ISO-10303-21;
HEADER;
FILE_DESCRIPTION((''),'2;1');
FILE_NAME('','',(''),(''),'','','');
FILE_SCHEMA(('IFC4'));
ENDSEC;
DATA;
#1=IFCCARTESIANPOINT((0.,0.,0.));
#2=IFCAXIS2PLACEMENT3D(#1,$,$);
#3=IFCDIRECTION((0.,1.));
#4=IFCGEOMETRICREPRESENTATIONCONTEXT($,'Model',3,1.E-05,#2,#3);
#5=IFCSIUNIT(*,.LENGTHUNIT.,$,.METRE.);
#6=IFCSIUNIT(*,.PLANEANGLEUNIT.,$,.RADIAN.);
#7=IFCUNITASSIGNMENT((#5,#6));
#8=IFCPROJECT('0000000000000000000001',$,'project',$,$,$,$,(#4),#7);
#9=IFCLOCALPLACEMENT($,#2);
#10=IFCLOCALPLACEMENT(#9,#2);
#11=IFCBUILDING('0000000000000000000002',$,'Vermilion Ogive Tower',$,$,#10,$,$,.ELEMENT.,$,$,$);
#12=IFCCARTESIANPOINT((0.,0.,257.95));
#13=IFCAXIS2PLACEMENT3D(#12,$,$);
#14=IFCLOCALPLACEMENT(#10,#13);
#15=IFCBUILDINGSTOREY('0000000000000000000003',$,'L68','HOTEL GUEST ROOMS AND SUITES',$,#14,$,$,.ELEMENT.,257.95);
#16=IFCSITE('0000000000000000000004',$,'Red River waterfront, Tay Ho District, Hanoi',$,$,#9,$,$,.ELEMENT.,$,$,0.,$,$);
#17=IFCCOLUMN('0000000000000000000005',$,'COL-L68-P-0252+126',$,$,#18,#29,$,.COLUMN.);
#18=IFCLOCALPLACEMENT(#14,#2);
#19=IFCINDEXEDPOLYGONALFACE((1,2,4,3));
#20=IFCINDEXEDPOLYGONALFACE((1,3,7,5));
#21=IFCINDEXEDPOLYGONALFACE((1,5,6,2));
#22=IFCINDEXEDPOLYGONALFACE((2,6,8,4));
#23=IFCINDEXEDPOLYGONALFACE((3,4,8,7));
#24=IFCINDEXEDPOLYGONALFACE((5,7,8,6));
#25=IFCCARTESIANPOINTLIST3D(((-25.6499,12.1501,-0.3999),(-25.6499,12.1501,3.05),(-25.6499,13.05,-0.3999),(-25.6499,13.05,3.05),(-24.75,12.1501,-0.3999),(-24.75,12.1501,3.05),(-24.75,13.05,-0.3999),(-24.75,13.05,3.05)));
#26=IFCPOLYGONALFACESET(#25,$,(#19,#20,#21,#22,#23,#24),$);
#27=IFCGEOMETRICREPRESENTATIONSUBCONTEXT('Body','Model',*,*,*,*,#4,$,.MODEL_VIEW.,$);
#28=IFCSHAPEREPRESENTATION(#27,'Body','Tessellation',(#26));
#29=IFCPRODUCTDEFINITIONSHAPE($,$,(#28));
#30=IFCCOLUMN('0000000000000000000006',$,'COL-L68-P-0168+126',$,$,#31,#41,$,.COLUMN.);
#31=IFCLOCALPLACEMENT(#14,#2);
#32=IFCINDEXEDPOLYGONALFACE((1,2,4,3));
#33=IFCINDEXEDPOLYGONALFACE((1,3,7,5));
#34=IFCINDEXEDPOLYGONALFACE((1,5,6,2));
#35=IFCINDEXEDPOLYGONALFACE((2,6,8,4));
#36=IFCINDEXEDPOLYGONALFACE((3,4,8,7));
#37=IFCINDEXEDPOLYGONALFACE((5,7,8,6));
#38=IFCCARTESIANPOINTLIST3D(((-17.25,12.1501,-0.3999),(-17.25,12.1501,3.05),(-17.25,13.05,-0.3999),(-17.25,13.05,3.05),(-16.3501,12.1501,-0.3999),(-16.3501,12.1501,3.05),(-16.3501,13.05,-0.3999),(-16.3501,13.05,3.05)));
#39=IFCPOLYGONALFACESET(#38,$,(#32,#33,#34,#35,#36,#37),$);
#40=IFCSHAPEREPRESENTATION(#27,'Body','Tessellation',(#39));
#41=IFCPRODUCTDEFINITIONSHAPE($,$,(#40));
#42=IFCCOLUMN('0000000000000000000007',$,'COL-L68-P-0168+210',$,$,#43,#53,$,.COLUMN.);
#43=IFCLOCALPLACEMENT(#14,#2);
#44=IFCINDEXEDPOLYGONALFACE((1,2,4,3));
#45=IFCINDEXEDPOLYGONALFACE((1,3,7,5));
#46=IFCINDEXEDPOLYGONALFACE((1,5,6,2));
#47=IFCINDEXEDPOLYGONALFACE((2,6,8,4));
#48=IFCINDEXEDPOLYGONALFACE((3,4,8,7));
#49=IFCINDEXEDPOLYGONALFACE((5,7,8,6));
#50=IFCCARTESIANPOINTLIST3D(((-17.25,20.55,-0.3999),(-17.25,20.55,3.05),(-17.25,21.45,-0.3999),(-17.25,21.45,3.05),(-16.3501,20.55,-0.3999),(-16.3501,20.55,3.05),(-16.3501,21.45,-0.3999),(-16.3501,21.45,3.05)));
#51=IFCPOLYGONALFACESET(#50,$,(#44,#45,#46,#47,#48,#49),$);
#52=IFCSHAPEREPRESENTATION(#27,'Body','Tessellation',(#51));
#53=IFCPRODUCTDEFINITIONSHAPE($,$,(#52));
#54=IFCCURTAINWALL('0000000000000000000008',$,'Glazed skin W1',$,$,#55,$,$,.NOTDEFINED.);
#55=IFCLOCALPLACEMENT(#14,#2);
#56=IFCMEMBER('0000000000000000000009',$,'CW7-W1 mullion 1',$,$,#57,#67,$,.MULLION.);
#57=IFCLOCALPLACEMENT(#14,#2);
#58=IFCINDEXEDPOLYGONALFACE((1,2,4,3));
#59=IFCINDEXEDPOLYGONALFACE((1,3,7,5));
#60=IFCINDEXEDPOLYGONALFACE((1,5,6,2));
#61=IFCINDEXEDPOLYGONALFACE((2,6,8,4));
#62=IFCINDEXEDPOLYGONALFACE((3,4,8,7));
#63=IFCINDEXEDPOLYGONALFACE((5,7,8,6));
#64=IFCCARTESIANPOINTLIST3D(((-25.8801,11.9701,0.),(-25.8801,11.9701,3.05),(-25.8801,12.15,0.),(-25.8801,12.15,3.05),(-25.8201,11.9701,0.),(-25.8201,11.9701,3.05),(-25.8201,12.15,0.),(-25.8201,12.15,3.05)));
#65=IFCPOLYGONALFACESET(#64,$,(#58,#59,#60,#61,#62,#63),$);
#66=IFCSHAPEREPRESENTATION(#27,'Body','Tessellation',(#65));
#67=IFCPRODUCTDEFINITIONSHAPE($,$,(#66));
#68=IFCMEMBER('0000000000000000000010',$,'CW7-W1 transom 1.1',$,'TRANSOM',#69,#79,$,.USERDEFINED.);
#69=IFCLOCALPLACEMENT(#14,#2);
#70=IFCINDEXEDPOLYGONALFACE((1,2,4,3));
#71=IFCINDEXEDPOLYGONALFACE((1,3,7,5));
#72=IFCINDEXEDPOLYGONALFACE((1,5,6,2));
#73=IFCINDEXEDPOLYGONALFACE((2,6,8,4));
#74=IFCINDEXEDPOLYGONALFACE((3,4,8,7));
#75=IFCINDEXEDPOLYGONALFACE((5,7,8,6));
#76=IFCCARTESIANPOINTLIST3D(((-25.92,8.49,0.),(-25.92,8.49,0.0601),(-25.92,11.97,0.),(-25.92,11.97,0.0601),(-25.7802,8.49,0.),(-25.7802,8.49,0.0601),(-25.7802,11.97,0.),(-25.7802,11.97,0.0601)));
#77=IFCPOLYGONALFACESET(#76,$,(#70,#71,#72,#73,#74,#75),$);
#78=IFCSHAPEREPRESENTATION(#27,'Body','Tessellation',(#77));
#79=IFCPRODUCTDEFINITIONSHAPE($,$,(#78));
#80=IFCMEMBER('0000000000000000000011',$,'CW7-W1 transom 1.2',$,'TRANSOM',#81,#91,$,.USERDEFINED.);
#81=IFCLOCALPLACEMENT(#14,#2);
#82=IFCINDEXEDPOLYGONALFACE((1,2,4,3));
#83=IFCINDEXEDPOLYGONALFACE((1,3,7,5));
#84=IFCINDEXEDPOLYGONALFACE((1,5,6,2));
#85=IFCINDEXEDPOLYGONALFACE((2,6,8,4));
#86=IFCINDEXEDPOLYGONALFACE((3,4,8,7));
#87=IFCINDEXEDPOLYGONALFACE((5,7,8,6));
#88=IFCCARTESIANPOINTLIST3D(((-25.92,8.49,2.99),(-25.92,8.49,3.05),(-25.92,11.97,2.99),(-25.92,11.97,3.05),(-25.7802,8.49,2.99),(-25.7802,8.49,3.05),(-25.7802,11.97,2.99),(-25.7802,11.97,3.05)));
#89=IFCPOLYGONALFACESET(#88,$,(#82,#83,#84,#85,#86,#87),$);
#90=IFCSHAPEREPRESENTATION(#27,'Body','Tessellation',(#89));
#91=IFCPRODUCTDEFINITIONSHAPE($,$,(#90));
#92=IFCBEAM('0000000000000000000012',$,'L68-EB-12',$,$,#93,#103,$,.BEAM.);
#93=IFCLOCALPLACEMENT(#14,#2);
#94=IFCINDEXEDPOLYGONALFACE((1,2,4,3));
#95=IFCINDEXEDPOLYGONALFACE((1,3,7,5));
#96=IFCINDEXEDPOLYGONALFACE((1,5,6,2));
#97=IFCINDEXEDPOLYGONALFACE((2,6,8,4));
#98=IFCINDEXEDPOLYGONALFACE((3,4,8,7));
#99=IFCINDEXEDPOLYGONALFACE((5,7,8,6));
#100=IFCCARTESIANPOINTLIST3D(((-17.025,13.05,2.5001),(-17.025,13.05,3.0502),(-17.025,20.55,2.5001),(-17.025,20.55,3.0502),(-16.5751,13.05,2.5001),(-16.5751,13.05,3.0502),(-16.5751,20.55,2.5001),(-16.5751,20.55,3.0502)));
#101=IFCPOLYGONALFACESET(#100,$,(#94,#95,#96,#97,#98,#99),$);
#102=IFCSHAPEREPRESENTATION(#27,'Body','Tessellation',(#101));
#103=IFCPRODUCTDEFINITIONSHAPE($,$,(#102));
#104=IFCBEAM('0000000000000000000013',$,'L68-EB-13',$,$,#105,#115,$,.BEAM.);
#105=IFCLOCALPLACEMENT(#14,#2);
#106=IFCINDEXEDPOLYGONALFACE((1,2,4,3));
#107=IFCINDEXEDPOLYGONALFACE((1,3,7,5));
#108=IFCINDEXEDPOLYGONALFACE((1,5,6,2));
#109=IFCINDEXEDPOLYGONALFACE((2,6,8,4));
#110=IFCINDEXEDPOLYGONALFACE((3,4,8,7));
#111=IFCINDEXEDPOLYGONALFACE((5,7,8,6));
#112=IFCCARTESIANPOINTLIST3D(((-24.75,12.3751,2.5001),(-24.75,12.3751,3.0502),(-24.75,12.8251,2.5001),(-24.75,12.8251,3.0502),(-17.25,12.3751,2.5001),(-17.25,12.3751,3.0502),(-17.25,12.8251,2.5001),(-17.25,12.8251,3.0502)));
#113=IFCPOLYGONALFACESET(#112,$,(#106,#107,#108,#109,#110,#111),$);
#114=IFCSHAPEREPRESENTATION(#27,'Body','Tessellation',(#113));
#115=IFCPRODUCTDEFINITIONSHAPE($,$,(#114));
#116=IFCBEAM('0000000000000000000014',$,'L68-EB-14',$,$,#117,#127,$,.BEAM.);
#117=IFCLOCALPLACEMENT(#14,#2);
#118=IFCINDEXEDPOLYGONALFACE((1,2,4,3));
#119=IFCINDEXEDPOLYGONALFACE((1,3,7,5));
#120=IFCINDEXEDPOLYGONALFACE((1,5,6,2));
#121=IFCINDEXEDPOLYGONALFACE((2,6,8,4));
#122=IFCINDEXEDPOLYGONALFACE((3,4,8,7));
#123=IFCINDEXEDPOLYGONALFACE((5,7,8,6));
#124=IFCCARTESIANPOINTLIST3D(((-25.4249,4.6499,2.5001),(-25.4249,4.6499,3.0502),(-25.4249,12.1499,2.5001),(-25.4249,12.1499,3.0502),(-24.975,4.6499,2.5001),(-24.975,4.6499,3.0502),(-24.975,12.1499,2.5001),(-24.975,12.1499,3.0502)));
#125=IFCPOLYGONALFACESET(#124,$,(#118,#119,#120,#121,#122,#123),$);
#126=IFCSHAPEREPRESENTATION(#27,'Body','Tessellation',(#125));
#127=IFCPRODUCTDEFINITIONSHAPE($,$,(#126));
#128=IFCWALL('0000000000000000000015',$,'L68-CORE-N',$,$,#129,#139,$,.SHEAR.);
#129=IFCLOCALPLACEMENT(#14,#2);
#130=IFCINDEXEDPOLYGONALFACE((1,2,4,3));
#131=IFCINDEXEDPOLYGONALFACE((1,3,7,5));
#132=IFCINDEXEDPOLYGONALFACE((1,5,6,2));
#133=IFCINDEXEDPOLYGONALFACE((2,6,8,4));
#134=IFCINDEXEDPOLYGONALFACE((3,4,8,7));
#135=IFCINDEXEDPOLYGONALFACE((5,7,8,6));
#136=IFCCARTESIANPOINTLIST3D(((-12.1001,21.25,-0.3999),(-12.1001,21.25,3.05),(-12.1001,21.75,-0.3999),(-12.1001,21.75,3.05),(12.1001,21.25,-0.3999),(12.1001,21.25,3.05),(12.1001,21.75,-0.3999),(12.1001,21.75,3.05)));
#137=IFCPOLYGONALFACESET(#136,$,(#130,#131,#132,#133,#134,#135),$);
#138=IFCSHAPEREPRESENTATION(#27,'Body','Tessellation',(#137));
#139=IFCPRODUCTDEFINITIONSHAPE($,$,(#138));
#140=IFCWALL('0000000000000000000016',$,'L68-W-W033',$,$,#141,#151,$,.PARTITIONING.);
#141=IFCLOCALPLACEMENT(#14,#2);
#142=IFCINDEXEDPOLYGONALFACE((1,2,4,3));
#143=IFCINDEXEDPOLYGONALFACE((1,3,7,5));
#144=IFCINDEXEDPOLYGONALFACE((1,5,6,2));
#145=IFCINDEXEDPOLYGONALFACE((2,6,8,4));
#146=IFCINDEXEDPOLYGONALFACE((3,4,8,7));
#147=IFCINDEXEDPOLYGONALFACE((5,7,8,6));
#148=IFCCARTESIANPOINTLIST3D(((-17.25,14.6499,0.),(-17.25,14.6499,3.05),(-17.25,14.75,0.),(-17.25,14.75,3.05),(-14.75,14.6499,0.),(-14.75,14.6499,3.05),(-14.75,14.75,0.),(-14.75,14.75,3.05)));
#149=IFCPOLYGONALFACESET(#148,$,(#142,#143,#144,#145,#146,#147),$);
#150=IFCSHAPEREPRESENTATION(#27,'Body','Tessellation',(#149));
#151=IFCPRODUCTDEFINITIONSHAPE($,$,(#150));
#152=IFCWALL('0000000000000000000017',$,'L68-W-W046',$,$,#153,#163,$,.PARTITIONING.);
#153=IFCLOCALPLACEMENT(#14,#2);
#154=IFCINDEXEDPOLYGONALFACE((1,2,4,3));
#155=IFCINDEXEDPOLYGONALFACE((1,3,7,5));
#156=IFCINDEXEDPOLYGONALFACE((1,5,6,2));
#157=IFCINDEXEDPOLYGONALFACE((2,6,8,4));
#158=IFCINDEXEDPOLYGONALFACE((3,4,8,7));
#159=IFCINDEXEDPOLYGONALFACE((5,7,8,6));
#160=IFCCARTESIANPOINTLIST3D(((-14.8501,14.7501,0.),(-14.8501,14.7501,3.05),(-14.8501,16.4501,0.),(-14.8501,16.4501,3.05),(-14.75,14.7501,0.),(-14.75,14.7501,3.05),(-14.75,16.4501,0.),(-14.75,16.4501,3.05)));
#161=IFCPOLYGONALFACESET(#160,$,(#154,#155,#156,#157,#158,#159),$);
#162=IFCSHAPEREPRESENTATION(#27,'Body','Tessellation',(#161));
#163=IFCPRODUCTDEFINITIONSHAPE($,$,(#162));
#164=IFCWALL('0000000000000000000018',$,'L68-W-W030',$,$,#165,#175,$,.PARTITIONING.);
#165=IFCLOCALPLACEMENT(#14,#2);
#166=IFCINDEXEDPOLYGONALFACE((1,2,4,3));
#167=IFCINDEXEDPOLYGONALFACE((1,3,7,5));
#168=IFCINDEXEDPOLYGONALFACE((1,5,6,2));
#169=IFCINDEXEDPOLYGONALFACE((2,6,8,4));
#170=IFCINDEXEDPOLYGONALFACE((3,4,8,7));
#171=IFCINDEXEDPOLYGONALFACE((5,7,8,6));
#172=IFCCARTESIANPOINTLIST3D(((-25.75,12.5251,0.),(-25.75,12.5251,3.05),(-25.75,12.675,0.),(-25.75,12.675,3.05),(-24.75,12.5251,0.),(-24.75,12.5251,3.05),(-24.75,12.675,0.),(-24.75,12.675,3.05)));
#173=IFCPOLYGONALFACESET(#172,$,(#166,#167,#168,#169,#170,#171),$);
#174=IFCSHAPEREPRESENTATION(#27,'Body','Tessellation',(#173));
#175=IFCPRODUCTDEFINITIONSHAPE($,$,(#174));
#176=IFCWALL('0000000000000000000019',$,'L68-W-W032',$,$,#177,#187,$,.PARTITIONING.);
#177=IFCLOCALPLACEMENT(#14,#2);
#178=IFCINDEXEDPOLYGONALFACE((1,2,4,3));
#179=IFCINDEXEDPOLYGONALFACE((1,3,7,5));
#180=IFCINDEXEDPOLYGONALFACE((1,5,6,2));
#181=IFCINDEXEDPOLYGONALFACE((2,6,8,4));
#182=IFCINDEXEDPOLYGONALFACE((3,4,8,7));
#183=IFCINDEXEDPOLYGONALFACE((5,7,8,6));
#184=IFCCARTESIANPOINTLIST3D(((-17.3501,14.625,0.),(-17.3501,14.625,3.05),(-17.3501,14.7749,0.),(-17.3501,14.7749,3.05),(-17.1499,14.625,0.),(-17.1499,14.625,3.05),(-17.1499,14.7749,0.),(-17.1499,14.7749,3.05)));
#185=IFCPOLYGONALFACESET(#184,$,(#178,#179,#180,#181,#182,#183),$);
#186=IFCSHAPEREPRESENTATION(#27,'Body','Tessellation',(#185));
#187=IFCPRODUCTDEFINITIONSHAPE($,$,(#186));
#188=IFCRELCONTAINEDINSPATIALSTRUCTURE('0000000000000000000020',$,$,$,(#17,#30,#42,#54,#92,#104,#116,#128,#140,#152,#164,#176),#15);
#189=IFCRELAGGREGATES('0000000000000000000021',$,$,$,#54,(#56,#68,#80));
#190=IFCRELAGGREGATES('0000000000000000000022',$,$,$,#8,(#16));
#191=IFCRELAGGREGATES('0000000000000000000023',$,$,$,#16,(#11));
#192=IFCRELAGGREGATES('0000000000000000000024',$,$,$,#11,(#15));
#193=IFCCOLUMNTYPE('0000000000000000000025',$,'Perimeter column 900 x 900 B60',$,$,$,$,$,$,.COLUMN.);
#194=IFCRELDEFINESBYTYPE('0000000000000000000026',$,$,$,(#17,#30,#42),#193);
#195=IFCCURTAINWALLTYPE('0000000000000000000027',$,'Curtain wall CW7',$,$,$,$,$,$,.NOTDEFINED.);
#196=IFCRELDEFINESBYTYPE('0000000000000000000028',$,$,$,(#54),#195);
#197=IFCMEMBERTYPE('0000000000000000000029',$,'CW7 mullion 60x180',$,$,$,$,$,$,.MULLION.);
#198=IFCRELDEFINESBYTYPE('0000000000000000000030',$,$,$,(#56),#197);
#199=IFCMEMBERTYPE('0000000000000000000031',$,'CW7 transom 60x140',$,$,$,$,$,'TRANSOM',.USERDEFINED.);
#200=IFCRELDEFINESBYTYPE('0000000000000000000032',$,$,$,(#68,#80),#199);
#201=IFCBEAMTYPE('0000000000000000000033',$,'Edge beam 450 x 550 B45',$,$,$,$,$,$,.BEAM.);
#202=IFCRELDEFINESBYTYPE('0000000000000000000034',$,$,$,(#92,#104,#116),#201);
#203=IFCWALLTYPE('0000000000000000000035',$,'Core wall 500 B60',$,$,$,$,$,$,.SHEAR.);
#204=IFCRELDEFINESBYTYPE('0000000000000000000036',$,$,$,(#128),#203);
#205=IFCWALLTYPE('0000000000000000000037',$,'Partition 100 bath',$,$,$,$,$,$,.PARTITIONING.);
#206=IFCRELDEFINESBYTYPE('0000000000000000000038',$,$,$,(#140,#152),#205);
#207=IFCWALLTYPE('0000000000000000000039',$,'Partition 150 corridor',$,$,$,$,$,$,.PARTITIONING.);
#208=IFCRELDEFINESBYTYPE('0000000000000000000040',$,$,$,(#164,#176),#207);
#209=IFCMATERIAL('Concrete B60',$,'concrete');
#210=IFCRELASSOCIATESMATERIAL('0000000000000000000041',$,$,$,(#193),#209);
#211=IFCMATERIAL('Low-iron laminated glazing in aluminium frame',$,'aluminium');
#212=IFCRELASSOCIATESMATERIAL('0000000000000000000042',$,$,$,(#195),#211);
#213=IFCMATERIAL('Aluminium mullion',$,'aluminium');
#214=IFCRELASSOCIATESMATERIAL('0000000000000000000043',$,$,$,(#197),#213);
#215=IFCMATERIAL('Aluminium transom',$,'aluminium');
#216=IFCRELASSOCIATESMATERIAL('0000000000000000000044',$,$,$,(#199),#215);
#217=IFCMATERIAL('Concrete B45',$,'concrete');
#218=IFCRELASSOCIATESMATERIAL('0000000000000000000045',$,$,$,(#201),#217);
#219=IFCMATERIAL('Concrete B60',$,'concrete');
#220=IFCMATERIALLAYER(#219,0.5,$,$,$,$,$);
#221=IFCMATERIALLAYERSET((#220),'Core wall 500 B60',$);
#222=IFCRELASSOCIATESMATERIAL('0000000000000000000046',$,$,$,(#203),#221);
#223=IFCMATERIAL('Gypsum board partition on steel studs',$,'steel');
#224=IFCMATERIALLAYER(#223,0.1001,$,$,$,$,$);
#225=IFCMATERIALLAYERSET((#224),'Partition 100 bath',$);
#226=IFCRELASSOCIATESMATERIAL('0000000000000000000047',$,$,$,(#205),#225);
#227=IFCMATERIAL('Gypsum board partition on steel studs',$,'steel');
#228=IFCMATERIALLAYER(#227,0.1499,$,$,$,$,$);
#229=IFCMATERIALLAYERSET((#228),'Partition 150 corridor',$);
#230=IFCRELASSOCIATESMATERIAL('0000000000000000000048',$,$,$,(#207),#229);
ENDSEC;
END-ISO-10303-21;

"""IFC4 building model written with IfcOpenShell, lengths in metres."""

from ifc_helpers import new_model, si_unit, direction, frame, frame_2d, origin, origin_2d, place, context, subcontext, project, spatial, rectangle, extrude, material, layer, layer_set, material_profile, profile_set, type_object, element, aggregate, save


model = new_model("IFC4")

# Units and contexts
model_context = context("Model", 3, precision=1e-05, world=origin(), true_north=direction((0.0, 1.0)))
body_context = subcontext(model_context, "Body", "Model", "MODEL_VIEW")
ifc_project = project(units=[si_unit("LENGTHUNIT", "METRE"), si_unit("PLANEANGLEUNIT", "RADIAN")], contexts=[model_context])

# Site, building, storey
site_placement = place(None, origin())
site = spatial("IfcSite", under=ifc_project, at=site_placement, Name="Red River waterfront, Tay Ho District, Hanoi", CompositionType="ELEMENT", RefElevation=0.0)
building_placement = place(site_placement, origin())
building = spatial("IfcBuilding", under=site, at=building_placement, Name="Vermilion Ogive Tower", CompositionType="ELEMENT")
storey_placement = place(building_placement, frame((0.0, 0.0, 257.95)))
storey = spatial("IfcBuildingStorey", under=building, at=storey_placement, Name="L68", Description="HOTEL GUEST ROOMS AND SUITES", CompositionType="ELEMENT", Elevation=257.95)

# Columns
ifc_material_1 = material(Name="Concrete B60", Category="concrete")
ifc_material_profile_1 = material_profile(ifc_material_1, rectangle(XDim=0.8999, YDim=0.8999, at=origin_2d()), Name="900 x 900")
ifc_profile_set_1 = profile_set([ifc_material_profile_1], Name="Concrete B60")
column_type = type_object("IfcColumnType", Name="Perimeter column 900 x 900 B60", PredefinedType="COLUMN", material=ifc_profile_set_1)
for number, where, z_axis, x_axis, name in (
    (1, (-25.2, 12.6001, -0.3999), (0.0, 0.0, 1.0), (1.0, 0.0, 0.0), "COL-L68-P-0252+126"),
    (2, (-16.8, 12.6001, -0.3999), (0.0, 0.0, 1.0), (1.0, 0.0, 0.0), "COL-L68-P-0168+126"),
    (3, (-16.8, 21.0, -0.3999), (0.0, 0.0, 1.0), (1.0, 0.0, 0.0), "COL-L68-P-0168+210"),
):
    element("IfcColumn", number, at=place(storey_placement, frame(where, z_axis=z_axis, x_axis=x_axis)), inside=storey, type_object=column_type, Name=name, PredefinedType="COLUMN", context=body_context, shape_type="SweptSolid", body=[
        extrude(rectangle(XDim=0.8999, YDim=0.8999, at=origin_2d()), origin(), (0.0, 0.0, 1.0), 3.45),
    ])

# Curtain wall, members
ifc_material_2 = material(Name="Low-iron laminated glazing in aluminium frame", Category="aluminium")
curtain_wall_type = type_object("IfcCurtainWallType", Name="Curtain wall CW7", PredefinedType="NOTDEFINED", material=ifc_material_2)
curtain_wall_placement = place(storey_placement, origin())
curtain_wall = element("IfcCurtainWall", 4, at=curtain_wall_placement, inside=storey, type_object=curtain_wall_type, Name="Glazed skin W1", PredefinedType="NOTDEFINED")
ifc_material_3 = material(Name="Aluminium mullion", Category="aluminium")
ifc_material_profile_2 = material_profile(ifc_material_3, rectangle(XDim=0.0601, YDim=0.1799, at=origin_2d()), Name="AL 60x180")
ifc_profile_set_2 = profile_set([ifc_material_profile_2], Name="Aluminium mullion")
member_type_1 = type_object("IfcMemberType", Name="CW7 mullion 60x180", PredefinedType="MULLION", material=ifc_profile_set_2)
member_1_placement = place(storey_placement, frame((-25.8501, 12.0601, 0.0), z_axis=(0.0, 0.0, 1.0), x_axis=(1.0, 0.0, 0.0)))
member_1 = element("IfcMember", 5, at=member_1_placement, type_object=member_type_1, Name="CW7-W1 mullion 1", PredefinedType="MULLION", context=body_context, shape_type="SweptSolid", body=[
    extrude(rectangle(XDim=0.0601, YDim=0.1799, at=origin_2d()), origin(), (0.0, 0.0, 1.0), 3.05),
])
ifc_material_4 = material(Name="Aluminium transom", Category="aluminium")
ifc_material_profile_3 = material_profile(ifc_material_4, rectangle(XDim=0.1399, YDim=0.0601, at=origin_2d()), Name="AL 60x140")
ifc_profile_set_3 = profile_set([ifc_material_profile_3], Name="Aluminium transom")
member_type_2 = type_object("IfcMemberType", Name="CW7 transom 60x140", ElementType="TRANSOM", PredefinedType="USERDEFINED", material=ifc_profile_set_3)
member_2_placement = place(storey_placement, frame((-25.8501, 11.97, 0.03), z_axis=(0.0, -1.0, 0.0), x_axis=(1.0, 0.0, 0.0)))
member_2 = element("IfcMember", 6, at=member_2_placement, type_object=member_type_2, Name="CW7-W1 transom 1.1", ObjectType="TRANSOM", PredefinedType="USERDEFINED", context=body_context, shape_type="SweptSolid", body=[
    extrude(rectangle(XDim=0.1399, YDim=0.0601, at=origin_2d()), origin(), (0.0, 0.0, 1.0), 3.48),
])
member_3_placement = place(storey_placement, frame((-25.8501, 11.97, 3.02), z_axis=(0.0, -1.0, 0.0), x_axis=(1.0, 0.0, 0.0)))
member_3 = element("IfcMember", 7, at=member_3_placement, type_object=member_type_2, Name="CW7-W1 transom 1.2", ObjectType="TRANSOM", PredefinedType="USERDEFINED", context=body_context, shape_type="SweptSolid", body=[
    extrude(rectangle(XDim=0.1399, YDim=0.0601, at=origin_2d()), origin(), (0.0, 0.0, 1.0), 3.48),
])
aggregate(curtain_wall, [member_1, member_2, member_3])

# Beams
ifc_material_5 = material(Name="Concrete B45", Category="concrete")
ifc_material_profile_4 = material_profile(ifc_material_5, rectangle(XDim=0.45, YDim=0.55, at=origin_2d()), Name="450 x 550")
ifc_profile_set_4 = profile_set([ifc_material_profile_4], Name="Concrete B45")
beam_type = type_object("IfcBeamType", Name="Edge beam 450 x 550 B45", PredefinedType="BEAM", material=ifc_profile_set_4)
for number, where, z_axis, x_axis, name in (
    (8, (-16.8, 20.55, 2.7751), (0.0, -1.0, 0.0), (1.0, 0.0, 0.0), "L68-EB-12"),
    (9, (-17.25, 12.6001, 2.7751), (-1.0, 0.0, 0.0), (0.0, -1.0, 0.0), "L68-EB-13"),
    (10, (-25.2, 12.1499, 2.7751), (0.0, -1.0, 0.0), (1.0, 0.0, 0.0), "L68-EB-14"),
):
    element("IfcBeam", number, at=place(storey_placement, frame(where, z_axis=z_axis, x_axis=x_axis)), inside=storey, type_object=beam_type, Name=name, PredefinedType="BEAM", context=body_context, shape_type="SweptSolid", body=[
        extrude(rectangle(XDim=0.45, YDim=0.55, at=origin_2d()), origin(), (0.0, 0.0, 1.0), 7.5),
    ])

# Walls
ifc_material_6 = material(Name="Concrete B60", Category="concrete")
ifc_layer_1 = layer(ifc_material_6, 0.5)
ifc_layer_set_1 = layer_set([ifc_layer_1], Name="Core wall 500 B60")
wall_type_1 = type_object("IfcWallType", Name="Core wall 500 B60", PredefinedType="SHEAR", material=ifc_layer_set_1)
wall_1_placement = place(storey_placement, frame((-12.1001, 21.5, -0.3999), z_axis=(0.0, 0.0, 1.0), x_axis=(1.0, 0.0, 0.0)))
element("IfcWall", 11, at=wall_1_placement, inside=storey, type_object=wall_type_1, Name="L68-CORE-N", PredefinedType="SHEAR", context=body_context, shape_type="SweptSolid", body=[
    extrude(rectangle(XDim=24.2002, YDim=0.5, at=frame_2d((12.1001, 0.0))), origin(), (0.0, 0.0, 1.0), 3.45),
])
ifc_material_7 = material(Name="Gypsum board partition on steel studs", Category="steel")
ifc_layer_2 = layer(ifc_material_7, 0.1001)
ifc_layer_set_2 = layer_set([ifc_layer_2], Name="Partition 100 bath")
wall_type_2 = type_object("IfcWallType", Name="Partition 100 bath", PredefinedType="PARTITIONING", material=ifc_layer_set_2)
wall_2_placement = place(storey_placement, frame((-17.25, 14.7, 0.0), z_axis=(0.0, 0.0, 1.0), x_axis=(1.0, 0.0, 0.0)))
element("IfcWall", 12, at=wall_2_placement, inside=storey, type_object=wall_type_2, Name="L68-W-W033", PredefinedType="PARTITIONING", context=body_context, shape_type="SweptSolid", body=[
    extrude(rectangle(XDim=2.5, YDim=0.1001, at=frame_2d((1.25, 0.0))), origin(), (0.0, 0.0, 1.0), 3.05),
])
wall_3_placement = place(storey_placement, frame((-14.8, 14.75, 0.0), z_axis=(0.0, 0.0, 1.0), x_axis=(0.0, 1.0, 0.0)))
element("IfcWall", 13, at=wall_3_placement, inside=storey, type_object=wall_type_2, Name="L68-W-W046", PredefinedType="PARTITIONING", context=body_context, shape_type="SweptSolid", body=[
    extrude(rectangle(XDim=1.7, YDim=0.1001, at=frame_2d((0.8501, 0.0))), origin(), (0.0, 0.0, 1.0), 3.05),
])
ifc_material_8 = material(Name="Gypsum board partition on steel studs", Category="steel")
ifc_layer_3 = layer(ifc_material_8, 0.1499)
ifc_layer_set_3 = layer_set([ifc_layer_3], Name="Partition 150 corridor")
wall_type_3 = type_object("IfcWallType", Name="Partition 150 corridor", PredefinedType="PARTITIONING", material=ifc_layer_set_3)
wall_4_placement = place(storey_placement, frame((-25.75, 12.6001, 0.0), z_axis=(0.0, 0.0, 1.0), x_axis=(1.0, 0.0, 0.0)))
element("IfcWall", 14, at=wall_4_placement, inside=storey, type_object=wall_type_3, Name="L68-W-W030", PredefinedType="PARTITIONING", context=body_context, shape_type="SweptSolid", body=[
    extrude(rectangle(XDim=1.0, YDim=0.1499, at=frame_2d((0.5, 0.0))), origin(), (0.0, 0.0, 1.0), 3.05),
])
wall_5_placement = place(storey_placement, frame((-17.3501, 14.7, 0.0), z_axis=(0.0, 0.0, 1.0), x_axis=(1.0, 0.0, 0.0)))
element("IfcWall", 15, at=wall_5_placement, inside=storey, type_object=wall_type_3, Name="L68-W-W032", PredefinedType="PARTITIONING", context=body_context, shape_type="SweptSolid", body=[
    extrude(rectangle(XDim=0.2002, YDim=0.1499, at=frame_2d((0.1001, 0.0))), origin(), (0.0, 0.0, 1.0), 3.05),
])

save(model, "model.ifc")
